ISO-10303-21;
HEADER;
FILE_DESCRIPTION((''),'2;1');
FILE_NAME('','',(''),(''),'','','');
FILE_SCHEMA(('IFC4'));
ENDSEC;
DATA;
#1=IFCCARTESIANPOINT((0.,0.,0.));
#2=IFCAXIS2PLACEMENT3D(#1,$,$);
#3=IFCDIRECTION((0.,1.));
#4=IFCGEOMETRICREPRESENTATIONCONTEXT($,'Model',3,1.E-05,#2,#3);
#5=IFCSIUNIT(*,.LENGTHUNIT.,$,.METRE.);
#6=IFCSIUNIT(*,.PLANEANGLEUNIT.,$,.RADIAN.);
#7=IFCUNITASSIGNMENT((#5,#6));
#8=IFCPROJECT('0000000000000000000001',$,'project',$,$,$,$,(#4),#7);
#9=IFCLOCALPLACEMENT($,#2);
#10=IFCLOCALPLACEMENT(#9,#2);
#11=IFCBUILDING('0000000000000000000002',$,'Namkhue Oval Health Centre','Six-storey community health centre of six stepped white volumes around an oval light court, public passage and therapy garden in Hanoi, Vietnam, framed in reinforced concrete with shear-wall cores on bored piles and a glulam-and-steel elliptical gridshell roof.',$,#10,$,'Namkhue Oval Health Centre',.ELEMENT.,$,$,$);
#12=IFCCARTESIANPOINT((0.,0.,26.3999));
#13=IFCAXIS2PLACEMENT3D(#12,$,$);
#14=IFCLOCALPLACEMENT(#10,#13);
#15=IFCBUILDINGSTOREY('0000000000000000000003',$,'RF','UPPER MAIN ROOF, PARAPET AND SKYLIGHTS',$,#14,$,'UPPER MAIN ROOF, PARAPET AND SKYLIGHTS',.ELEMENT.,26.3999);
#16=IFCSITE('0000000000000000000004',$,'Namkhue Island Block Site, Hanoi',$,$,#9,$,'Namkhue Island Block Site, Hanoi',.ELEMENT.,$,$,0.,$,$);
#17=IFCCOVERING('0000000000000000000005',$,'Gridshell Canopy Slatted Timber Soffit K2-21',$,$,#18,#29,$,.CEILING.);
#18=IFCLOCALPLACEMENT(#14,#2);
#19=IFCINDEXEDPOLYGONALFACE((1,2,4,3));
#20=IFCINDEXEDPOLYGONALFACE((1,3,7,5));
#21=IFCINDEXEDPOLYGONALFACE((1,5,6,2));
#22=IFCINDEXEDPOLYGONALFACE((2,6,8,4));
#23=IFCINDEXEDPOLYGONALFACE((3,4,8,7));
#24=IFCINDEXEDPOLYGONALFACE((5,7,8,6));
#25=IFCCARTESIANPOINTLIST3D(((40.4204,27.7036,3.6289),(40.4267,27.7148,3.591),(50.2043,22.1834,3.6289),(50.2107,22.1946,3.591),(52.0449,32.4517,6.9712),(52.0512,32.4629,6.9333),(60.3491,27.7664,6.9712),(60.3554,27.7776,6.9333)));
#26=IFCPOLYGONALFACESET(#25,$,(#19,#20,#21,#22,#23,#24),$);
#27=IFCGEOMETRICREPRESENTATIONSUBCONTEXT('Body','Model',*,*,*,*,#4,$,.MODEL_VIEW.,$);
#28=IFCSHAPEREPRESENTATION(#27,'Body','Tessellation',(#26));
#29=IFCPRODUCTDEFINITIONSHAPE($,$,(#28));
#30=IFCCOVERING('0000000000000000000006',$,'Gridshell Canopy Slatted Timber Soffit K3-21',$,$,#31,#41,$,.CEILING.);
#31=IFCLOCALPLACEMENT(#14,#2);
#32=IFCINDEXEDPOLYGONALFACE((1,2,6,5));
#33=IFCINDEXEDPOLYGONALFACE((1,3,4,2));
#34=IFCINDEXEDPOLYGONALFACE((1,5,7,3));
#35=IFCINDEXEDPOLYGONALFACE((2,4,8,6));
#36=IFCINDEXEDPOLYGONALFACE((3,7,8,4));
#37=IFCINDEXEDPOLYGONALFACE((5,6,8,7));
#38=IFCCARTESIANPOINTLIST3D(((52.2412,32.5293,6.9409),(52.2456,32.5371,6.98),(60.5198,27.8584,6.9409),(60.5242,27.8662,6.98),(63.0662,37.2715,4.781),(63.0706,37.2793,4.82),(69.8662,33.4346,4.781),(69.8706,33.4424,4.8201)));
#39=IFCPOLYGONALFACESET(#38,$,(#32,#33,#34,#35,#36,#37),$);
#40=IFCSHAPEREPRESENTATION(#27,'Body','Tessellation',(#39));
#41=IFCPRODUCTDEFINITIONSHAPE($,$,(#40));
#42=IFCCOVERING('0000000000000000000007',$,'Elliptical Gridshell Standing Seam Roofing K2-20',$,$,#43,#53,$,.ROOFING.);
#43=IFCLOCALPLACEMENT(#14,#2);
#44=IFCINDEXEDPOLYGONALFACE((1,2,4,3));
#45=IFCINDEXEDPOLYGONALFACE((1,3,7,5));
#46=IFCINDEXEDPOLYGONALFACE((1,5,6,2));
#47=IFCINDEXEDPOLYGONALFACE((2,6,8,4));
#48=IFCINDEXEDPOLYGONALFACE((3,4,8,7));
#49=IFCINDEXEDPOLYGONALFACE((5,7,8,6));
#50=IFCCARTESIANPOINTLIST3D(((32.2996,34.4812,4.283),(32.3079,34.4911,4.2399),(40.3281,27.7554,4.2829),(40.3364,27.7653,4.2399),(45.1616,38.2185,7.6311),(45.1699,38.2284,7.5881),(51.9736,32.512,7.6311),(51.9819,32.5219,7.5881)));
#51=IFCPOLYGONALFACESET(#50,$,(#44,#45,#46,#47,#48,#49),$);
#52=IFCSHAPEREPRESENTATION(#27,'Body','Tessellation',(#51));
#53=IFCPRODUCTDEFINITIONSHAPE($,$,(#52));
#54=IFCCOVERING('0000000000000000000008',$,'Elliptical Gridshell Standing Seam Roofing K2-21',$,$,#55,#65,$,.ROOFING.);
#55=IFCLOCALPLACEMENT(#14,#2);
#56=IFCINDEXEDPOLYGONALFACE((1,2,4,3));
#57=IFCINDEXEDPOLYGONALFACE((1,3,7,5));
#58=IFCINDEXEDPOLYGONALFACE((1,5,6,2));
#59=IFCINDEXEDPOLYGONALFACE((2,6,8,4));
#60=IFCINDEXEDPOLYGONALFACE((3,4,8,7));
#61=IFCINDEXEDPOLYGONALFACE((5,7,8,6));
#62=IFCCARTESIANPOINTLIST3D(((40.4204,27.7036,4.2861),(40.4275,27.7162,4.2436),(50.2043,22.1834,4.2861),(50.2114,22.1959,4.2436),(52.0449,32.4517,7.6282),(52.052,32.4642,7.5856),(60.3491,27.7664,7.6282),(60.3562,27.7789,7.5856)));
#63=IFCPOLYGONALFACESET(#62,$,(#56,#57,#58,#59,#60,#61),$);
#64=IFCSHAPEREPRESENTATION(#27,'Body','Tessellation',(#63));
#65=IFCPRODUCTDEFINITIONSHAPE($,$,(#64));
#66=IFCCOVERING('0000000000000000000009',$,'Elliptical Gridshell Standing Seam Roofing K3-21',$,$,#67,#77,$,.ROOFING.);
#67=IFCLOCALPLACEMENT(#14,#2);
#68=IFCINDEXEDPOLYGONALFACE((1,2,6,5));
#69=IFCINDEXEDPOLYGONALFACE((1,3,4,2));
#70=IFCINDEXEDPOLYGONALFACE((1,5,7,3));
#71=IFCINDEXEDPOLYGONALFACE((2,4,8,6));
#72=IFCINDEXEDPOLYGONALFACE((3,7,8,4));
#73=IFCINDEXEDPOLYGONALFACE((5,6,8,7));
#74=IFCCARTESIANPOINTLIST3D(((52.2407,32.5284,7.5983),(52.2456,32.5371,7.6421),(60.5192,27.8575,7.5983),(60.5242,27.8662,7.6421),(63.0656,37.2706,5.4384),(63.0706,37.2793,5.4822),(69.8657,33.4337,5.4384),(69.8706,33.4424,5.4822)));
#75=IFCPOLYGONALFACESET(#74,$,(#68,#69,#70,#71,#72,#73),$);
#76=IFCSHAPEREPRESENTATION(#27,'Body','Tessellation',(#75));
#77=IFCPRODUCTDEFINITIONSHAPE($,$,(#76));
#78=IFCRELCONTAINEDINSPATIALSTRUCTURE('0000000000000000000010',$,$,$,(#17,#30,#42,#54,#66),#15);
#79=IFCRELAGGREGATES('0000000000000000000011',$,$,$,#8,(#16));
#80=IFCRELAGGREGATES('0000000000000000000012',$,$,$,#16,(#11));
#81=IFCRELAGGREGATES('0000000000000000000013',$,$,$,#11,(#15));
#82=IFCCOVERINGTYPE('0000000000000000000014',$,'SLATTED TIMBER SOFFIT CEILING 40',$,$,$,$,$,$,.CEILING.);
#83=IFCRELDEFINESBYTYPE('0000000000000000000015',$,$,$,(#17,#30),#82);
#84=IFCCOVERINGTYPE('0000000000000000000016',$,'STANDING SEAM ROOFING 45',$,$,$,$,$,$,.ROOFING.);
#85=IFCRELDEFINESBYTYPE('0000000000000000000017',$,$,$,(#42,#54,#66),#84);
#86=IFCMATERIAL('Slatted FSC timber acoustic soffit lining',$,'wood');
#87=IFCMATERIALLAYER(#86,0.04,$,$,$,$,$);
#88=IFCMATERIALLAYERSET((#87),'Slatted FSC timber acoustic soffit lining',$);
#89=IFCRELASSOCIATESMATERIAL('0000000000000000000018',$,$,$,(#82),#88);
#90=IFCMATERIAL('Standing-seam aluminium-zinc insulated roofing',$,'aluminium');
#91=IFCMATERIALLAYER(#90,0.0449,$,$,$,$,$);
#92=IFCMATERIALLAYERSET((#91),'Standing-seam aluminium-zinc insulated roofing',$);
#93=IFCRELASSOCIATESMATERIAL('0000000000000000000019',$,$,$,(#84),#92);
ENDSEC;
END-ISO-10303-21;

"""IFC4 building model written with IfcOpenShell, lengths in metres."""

from ifc_helpers import new_model, si_unit, direction, frame, origin, place, context, subcontext, project, spatial, polyline, outline, extrude, material, layer, layer_set, type_object, element, save


model = new_model("IFC4")

# Units and contexts
model_context = context("Model", 3, precision=1e-05, world=origin(), true_north=direction((0.0, 1.0)))
body_context = subcontext(model_context, "Body", "Model", "MODEL_VIEW")
ifc_project = project(units=[si_unit("LENGTHUNIT", "METRE"), si_unit("PLANEANGLEUNIT", "RADIAN")], contexts=[model_context])

# Site, building, storey
site_placement = place(None, origin())
site = spatial("IfcSite", under=ifc_project, at=site_placement, Name="Namkhue Island Block Site, Hanoi", LongName="Namkhue Island Block Site, Hanoi", CompositionType="ELEMENT", RefElevation=0.0)
building_placement = place(site_placement, origin())
building = spatial("IfcBuilding", under=site, at=building_placement, Name="Namkhue Oval Health Centre", Description="Six-storey community health centre of six stepped white volumes around an oval light court, public passage and therapy garden in Hanoi, Vietnam, framed in reinforced concrete with shear-wall cores on bored piles and a glulam-and-steel elliptical gridshell roof.", LongName="Namkhue Oval Health Centre", CompositionType="ELEMENT")
storey_placement = place(building_placement, frame((0.0, 0.0, 26.3999)))
storey = spatial("IfcBuildingStorey", under=building, at=storey_placement, Name="RF", Description="UPPER MAIN ROOF, PARAPET AND SKYLIGHTS", LongName="UPPER MAIN ROOF, PARAPET AND SKYLIGHTS", CompositionType="ELEMENT", Elevation=26.3999)

# Coverings
ifc_material_1 = material(Name="Slatted FSC timber acoustic soffit lining", Category="wood")
ifc_layer_1 = layer(ifc_material_1, 0.04)
ifc_layer_set_1 = layer_set([ifc_layer_1], Name="Slatted FSC timber acoustic soffit lining")
covering_type_1 = type_object("IfcCoveringType", Name="SLATTED TIMBER SOFFIT CEILING 40", PredefinedType="CEILING", material=ifc_layer_set_1)
covering_1_placement = place(storey_placement, frame((40.4204, 27.7036, 3.6289), z_axis=(-0.157933, -0.279917, 0.946945), x_axis=(0.870936, -0.491397, -0.000001)))
element("IfcCovering", 1, at=covering_1_placement, inside=storey, type_object=covering_type_1, Name="Gridshell Canopy Slatted Timber Soffit K2-21", PredefinedType="CEILING", context=body_context, shape_type="SweptSolid", body=[
    extrude(outline(polyline([(0.0, 0.0), (11.2338, 0.0), (17.3258, 10.3993), (7.791, 10.3992), (0.0, 0.0)])), origin(), (0.0, 0.0, -1.0), 0.04),
])
covering_2_placement = place(storey_placement, frame((52.2456, 32.5371, 6.98), z_axis=(0.109499, 0.194068, 0.974858), x_axis=(0.870936, -0.491397, -0.000002)))
element("IfcCovering", 2, at=covering_2_placement, inside=storey, type_object=covering_type_1, Name="Gridshell Canopy Slatted Timber Soffit K3-21", PredefinedType="CEILING", context=body_context, shape_type="SweptSolid", body=[
    extrude(outline(polyline([(0.0, 0.0), (9.5054, 0.0), (14.9054, 9.693), (7.0975, 9.6932), (0.0, 0.0)])), origin(), (0.0, 0.0, -1.0), 0.04),
])
ifc_material_2 = material(Name="Standing-seam aluminium-zinc insulated roofing", Category="aluminium")
ifc_layer_2 = layer(ifc_material_2, 0.0449)
ifc_layer_set_2 = layer_set([ifc_layer_2], Name="Standing-seam aluminium-zinc insulated roofing")
covering_type_2 = type_object("IfcCoveringType", Name="STANDING SEAM ROOFING 45", PredefinedType="ROOFING", material=ifc_layer_set_2)
covering_3_placement = place(storey_placement, frame((32.2996, 34.4812, 4.283), z_axis=(-0.185073, -0.220922, 0.957571), x_axis=(0.766559, -0.642174, -0.000001)))
element("IfcCovering", 3, at=covering_3_placement, inside=storey, type_object=covering_type_2, Name="Elliptical Gridshell Standing Seam Roofing K2-20", PredefinedType="ROOFING", context=body_context, shape_type="SweptSolid", body=[
    extrude(outline(polyline([(0.0, 0.0), (10.4735, 0.0), (16.3459, 11.6176), (7.4595, 11.6175), (0.0, 0.0)])), origin(), (0.0, 0.0, -1.0), 0.0449),
])
covering_4_placement = place(storey_placement, frame((40.4204, 27.7036, 4.2861), z_axis=(-0.157922, -0.279898, 0.946952), x_axis=(0.870936, -0.491397, -0.000001)))
element("IfcCovering", 4, at=covering_4_placement, inside=storey, type_object=covering_type_2, Name="Elliptical Gridshell Standing Seam Roofing K2-21", PredefinedType="ROOFING", context=body_context, shape_type="SweptSolid", body=[
    extrude(outline(polyline([(0.0, 0.0), (11.2338, 0.0), (17.3258, 10.3992), (7.791, 10.3992), (0.0, 0.0)])), origin(), (0.0, 0.0, -1.0), 0.0449),
])
covering_5_placement = place(storey_placement, frame((52.2456, 32.5371, 7.6421), z_axis=(0.109499, 0.194068, 0.974858), x_axis=(0.870936, -0.491397, -0.000002)))
element("IfcCovering", 5, at=covering_5_placement, inside=storey, type_object=covering_type_2, Name="Elliptical Gridshell Standing Seam Roofing K3-21", PredefinedType="ROOFING", context=body_context, shape_type="SweptSolid", body=[
    extrude(outline(polyline([(0.0, 0.0), (9.5054, 0.0), (14.9054, 9.693), (7.0975, 9.6932), (0.0, 0.0)])), origin(), (0.0, 0.0, -1.0), 0.0449),
])

save(model, "model.ifc")
